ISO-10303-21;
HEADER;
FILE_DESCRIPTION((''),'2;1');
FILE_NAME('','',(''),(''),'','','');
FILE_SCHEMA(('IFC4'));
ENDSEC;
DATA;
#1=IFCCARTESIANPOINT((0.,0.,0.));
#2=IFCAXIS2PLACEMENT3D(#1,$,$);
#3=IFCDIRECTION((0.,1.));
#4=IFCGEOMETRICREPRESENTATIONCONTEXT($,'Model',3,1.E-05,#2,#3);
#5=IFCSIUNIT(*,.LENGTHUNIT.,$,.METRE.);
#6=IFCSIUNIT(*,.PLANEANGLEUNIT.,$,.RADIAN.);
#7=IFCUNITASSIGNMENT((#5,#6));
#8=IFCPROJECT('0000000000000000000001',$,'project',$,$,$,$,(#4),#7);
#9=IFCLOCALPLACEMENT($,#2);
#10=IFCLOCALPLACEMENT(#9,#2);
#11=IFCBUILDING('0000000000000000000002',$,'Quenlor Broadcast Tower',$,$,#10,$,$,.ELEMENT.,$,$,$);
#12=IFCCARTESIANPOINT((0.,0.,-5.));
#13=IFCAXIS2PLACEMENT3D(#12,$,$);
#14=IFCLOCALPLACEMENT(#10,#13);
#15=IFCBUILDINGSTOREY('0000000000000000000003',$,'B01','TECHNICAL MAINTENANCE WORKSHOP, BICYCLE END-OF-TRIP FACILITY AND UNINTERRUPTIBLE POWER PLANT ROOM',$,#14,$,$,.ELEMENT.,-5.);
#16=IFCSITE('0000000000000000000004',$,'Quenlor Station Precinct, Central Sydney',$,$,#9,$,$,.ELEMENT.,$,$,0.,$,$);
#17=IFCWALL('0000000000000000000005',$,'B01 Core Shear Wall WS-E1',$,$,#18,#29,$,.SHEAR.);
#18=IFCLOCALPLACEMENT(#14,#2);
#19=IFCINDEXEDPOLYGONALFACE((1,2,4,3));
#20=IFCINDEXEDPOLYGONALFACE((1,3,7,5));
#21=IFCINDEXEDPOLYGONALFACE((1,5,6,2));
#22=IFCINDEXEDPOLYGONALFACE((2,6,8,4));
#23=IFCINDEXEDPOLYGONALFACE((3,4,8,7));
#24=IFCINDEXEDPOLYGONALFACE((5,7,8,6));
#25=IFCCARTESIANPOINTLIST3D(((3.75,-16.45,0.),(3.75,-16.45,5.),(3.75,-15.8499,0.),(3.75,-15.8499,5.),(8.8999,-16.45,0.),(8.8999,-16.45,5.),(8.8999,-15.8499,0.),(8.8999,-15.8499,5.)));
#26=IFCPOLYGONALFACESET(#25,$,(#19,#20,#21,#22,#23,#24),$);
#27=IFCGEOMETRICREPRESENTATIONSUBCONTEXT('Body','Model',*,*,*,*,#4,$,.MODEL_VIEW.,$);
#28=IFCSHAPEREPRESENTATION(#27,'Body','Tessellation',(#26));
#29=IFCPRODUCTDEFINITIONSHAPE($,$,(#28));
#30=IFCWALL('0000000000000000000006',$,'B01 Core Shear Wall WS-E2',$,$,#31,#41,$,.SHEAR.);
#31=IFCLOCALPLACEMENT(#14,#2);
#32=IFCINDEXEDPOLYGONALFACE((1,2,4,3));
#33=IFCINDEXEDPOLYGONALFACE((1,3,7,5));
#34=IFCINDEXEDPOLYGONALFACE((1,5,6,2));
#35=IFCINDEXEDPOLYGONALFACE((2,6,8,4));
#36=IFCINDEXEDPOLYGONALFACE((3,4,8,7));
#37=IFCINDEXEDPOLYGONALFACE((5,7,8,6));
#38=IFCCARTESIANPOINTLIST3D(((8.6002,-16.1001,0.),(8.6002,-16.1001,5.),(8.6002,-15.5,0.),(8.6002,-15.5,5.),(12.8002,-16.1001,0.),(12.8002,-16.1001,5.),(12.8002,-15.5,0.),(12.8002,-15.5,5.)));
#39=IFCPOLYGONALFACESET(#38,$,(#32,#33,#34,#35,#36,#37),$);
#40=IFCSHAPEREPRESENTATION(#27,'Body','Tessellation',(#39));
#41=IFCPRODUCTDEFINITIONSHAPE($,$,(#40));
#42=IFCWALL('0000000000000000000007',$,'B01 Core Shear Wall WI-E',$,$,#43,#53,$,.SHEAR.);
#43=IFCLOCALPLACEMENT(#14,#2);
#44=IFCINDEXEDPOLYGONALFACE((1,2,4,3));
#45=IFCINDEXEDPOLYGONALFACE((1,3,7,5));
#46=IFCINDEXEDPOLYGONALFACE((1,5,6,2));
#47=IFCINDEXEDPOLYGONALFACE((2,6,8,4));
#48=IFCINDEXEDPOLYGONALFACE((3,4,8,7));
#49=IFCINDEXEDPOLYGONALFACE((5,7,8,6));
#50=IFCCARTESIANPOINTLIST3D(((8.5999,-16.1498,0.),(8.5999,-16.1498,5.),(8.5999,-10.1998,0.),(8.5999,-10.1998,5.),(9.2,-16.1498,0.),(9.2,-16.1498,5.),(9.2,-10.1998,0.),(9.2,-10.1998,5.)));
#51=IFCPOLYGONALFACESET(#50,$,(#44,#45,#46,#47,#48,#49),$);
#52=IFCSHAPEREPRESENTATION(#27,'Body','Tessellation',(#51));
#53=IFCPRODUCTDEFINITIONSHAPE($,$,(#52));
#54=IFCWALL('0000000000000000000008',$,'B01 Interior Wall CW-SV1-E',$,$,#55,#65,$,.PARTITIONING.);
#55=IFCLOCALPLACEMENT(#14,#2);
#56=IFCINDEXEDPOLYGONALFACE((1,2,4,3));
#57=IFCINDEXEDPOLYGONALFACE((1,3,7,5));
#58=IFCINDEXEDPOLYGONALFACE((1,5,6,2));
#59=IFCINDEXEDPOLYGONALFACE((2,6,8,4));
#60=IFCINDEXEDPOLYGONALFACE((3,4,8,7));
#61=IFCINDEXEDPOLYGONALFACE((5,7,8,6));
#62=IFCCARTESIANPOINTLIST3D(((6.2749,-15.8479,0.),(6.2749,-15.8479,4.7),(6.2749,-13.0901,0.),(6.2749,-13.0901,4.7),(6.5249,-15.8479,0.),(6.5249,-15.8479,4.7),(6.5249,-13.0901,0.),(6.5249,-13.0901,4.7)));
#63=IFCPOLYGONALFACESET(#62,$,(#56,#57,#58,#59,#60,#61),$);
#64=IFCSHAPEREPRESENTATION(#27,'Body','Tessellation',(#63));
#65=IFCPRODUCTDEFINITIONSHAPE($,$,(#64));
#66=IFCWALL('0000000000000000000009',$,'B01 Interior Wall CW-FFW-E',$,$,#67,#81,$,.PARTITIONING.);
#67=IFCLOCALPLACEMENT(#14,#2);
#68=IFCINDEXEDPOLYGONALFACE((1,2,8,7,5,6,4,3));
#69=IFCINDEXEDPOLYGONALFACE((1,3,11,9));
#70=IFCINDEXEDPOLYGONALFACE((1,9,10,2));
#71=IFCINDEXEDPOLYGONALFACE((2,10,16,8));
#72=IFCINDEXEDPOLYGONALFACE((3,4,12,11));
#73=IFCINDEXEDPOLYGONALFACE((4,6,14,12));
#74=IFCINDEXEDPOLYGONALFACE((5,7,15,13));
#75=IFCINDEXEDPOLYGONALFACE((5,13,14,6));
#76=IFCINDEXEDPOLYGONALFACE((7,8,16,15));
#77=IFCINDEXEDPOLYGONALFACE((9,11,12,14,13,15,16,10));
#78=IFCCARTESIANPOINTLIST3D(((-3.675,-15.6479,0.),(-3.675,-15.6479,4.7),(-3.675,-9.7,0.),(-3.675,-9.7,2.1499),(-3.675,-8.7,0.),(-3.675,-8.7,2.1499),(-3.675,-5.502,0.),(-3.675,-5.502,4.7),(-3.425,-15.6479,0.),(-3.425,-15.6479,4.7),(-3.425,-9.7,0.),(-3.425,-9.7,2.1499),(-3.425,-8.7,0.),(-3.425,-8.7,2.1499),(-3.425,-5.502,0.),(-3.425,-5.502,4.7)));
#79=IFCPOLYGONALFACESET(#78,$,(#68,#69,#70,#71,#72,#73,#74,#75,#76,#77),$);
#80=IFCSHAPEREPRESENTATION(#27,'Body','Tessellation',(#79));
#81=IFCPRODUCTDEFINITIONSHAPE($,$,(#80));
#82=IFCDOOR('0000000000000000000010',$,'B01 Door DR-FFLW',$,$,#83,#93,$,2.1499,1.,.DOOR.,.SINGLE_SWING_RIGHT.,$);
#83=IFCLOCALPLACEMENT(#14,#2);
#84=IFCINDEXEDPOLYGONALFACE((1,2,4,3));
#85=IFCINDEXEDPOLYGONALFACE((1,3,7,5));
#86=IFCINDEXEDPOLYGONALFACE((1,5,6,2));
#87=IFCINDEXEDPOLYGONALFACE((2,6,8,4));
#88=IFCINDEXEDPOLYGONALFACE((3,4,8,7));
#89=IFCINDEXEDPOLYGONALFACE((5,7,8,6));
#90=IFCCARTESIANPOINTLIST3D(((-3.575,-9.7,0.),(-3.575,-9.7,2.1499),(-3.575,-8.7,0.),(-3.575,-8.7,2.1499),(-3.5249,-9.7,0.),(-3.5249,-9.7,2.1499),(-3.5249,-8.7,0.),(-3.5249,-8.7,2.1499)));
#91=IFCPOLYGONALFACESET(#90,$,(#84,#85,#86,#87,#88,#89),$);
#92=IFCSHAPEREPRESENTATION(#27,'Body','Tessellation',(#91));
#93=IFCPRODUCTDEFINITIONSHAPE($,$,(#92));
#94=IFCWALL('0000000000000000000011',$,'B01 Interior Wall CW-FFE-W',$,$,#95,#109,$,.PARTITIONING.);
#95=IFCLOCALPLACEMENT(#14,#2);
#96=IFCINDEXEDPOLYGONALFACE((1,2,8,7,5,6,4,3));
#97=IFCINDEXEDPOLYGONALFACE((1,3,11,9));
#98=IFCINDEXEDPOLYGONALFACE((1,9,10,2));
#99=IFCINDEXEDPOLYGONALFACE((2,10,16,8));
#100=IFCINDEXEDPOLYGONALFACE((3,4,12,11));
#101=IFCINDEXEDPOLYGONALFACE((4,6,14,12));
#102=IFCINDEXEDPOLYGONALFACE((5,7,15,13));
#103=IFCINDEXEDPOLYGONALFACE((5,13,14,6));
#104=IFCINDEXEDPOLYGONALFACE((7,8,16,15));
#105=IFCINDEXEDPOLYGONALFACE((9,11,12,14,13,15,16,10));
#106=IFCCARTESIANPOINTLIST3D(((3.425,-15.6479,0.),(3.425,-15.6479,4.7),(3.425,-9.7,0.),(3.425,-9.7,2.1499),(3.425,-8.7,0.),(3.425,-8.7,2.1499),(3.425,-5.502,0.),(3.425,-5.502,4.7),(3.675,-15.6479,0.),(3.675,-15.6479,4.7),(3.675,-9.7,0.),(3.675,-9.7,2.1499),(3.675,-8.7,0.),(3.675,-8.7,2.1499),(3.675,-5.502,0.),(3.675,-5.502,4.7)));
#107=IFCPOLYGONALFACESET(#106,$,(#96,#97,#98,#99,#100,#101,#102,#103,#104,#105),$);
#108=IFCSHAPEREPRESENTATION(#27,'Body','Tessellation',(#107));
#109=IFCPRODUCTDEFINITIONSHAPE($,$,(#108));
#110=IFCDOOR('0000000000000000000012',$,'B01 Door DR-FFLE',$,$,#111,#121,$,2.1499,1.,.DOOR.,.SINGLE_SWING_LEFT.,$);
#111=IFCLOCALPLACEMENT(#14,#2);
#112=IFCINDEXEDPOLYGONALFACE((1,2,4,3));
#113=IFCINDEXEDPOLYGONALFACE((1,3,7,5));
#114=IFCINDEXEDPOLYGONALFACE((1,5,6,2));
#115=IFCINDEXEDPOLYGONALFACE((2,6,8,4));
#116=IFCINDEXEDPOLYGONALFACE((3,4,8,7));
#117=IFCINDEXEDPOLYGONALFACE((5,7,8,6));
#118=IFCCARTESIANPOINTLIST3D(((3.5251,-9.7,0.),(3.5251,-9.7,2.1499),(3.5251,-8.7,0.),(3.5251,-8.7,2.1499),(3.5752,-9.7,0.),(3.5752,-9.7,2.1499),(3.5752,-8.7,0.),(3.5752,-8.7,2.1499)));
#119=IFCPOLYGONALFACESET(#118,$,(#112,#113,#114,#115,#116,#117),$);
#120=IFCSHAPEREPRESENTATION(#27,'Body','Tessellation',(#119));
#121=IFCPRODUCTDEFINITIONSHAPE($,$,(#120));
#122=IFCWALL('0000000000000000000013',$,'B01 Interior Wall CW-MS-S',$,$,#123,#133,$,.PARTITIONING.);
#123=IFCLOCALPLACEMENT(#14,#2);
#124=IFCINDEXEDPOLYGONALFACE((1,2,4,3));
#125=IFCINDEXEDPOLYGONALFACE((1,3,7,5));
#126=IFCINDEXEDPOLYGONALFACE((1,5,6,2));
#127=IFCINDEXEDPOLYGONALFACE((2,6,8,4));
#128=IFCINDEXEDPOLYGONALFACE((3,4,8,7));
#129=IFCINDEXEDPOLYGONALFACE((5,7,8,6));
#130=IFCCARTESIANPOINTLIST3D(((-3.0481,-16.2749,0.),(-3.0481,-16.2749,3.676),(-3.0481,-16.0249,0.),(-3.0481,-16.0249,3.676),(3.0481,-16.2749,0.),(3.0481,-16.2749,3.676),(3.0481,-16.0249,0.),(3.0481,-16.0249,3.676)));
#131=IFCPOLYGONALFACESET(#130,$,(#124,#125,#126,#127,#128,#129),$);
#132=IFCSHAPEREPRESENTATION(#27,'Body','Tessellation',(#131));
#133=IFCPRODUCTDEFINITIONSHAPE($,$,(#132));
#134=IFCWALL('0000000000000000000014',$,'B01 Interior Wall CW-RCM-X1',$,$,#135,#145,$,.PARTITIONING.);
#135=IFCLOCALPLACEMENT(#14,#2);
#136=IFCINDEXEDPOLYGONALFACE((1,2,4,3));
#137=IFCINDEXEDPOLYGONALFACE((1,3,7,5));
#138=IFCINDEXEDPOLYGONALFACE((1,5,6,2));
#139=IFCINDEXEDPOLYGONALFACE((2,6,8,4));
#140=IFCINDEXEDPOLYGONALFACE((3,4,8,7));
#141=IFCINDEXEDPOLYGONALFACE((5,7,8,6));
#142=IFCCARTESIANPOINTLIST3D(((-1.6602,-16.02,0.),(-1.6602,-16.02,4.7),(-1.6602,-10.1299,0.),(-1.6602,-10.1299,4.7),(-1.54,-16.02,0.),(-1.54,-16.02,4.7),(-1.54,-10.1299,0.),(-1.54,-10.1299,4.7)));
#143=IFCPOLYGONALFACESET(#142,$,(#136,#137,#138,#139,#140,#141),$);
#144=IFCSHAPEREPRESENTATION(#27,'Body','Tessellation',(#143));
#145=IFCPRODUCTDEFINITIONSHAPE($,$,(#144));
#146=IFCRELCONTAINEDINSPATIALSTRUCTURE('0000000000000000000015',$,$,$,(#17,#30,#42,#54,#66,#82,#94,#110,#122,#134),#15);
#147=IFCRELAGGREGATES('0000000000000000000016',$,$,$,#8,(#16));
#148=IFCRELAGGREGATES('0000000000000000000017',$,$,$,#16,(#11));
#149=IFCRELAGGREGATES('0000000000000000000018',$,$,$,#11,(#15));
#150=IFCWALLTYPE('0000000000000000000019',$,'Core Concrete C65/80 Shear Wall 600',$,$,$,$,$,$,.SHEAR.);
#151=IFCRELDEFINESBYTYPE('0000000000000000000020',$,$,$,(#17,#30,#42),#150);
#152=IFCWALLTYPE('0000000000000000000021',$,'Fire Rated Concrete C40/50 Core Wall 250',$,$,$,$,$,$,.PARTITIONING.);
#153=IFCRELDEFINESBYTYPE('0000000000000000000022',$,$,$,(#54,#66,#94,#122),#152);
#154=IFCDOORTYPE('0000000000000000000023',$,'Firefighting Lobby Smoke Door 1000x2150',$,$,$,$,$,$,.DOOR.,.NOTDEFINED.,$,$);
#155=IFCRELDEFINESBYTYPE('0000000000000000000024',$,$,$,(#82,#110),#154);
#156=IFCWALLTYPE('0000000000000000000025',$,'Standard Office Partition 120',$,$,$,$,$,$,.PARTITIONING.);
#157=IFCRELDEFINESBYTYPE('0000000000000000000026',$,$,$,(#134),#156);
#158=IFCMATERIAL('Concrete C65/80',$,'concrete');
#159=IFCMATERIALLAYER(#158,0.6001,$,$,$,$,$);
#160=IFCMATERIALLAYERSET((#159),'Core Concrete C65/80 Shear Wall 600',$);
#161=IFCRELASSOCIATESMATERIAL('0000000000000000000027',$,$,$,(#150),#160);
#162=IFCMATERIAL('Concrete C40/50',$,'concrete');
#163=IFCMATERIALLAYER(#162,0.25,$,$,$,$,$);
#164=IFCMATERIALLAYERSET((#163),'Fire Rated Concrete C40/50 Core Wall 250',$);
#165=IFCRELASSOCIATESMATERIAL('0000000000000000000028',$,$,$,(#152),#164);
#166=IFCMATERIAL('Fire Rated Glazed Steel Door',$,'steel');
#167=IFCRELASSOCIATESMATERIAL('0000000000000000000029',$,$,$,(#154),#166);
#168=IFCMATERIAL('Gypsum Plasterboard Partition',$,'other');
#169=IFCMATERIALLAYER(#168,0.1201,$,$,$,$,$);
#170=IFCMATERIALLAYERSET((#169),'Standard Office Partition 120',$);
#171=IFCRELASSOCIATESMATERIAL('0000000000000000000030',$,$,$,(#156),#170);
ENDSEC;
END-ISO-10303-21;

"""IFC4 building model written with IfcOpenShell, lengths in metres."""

from ifc_helpers import new_model, si_unit, direction, frame, frame_2d, origin, place, context, subcontext, project, spatial, rectangle, extrude, material, layer, layer_set, type_object, element, fill, save


model = new_model("IFC4")

# Units and contexts
model_context = context("Model", 3, precision=1e-05, world=origin(), true_north=direction((0.0, 1.0)))
body_context = subcontext(model_context, "Body", "Model", "MODEL_VIEW")
ifc_project = project(units=[si_unit("LENGTHUNIT", "METRE"), si_unit("PLANEANGLEUNIT", "RADIAN")], contexts=[model_context])

# Site, building, storey
site_placement = place(None, origin())
site = spatial("IfcSite", under=ifc_project, at=site_placement, Name="Quenlor Station Precinct, Central Sydney", CompositionType="ELEMENT", RefElevation=0.0)
building_placement = place(site_placement, origin())
building = spatial("IfcBuilding", under=site, at=building_placement, Name="Quenlor Broadcast Tower", CompositionType="ELEMENT")
storey_placement = place(building_placement, frame((0.0, 0.0, -5.0)))
storey = spatial("IfcBuildingStorey", under=building, at=storey_placement, Name="B01", Description="TECHNICAL MAINTENANCE WORKSHOP, BICYCLE END-OF-TRIP FACILITY AND UNINTERRUPTIBLE POWER PLANT ROOM", CompositionType="ELEMENT", Elevation=-5.0)

# Walls
ifc_material_1 = material(Name="Concrete C65/80", Category="concrete")
ifc_layer_1 = layer(ifc_material_1, 0.6001)
ifc_layer_set_1 = layer_set([ifc_layer_1], Name="Core Concrete C65/80 Shear Wall 600")
wall_type_1 = type_object("IfcWallType", Name="Core Concrete C65/80 Shear Wall 600", PredefinedType="SHEAR", material=ifc_layer_set_1)
wall_1_placement = place(storey_placement, frame((3.75, -16.1499, 0.0), z_axis=(0.0, 0.0, 1.0), x_axis=(1.0, 0.0, 0.0)))
element("IfcWall", 1, at=wall_1_placement, inside=storey, type_object=wall_type_1, Name="B01 Core Shear Wall WS-E1", PredefinedType="SHEAR", context=body_context, shape_type="SweptSolid", body=[
    extrude(rectangle(XDim=5.1499, YDim=0.6001, at=frame_2d((2.575, 0.0))), origin(), (0.0, 0.0, 1.0), 5.0),
])
wall_2_placement = place(storey_placement, frame((8.6001, -15.8, 0.0), z_axis=(0.0, 0.0, 1.0), x_axis=(1.0, 0.0, 0.0)))
element("IfcWall", 2, at=wall_2_placement, inside=storey, type_object=wall_type_1, Name="B01 Core Shear Wall WS-E2", PredefinedType="SHEAR", context=body_context, shape_type="SweptSolid", body=[
    extrude(rectangle(XDim=4.2, YDim=0.6001, at=frame_2d((2.1001, 0.0))), origin(), (0.0, 0.0, 1.0), 5.0),
])
wall_3_placement = place(storey_placement, frame((8.8999, -16.1499, 0.0), z_axis=(0.0, 0.0, 1.0), x_axis=(0.0, 1.0, 0.0)))
element("IfcWall", 3, at=wall_3_placement, inside=storey, type_object=wall_type_1, Name="B01 Core Shear Wall WI-E", PredefinedType="SHEAR", context=body_context, shape_type="SweptSolid", body=[
    extrude(rectangle(XDim=5.95, YDim=0.6001, at=frame_2d((2.9751, 0.0))), origin(), (0.0, 0.0, 1.0), 5.0),
])
ifc_material_2 = material(Name="Concrete C40/50", Category="concrete")
ifc_layer_2 = layer(ifc_material_2, 0.25)
ifc_layer_set_2 = layer_set([ifc_layer_2], Name="Fire Rated Concrete C40/50 Core Wall 250")
wall_type_2 = type_object("IfcWallType", Name="Fire Rated Concrete C40/50 Core Wall 250", PredefinedType="PARTITIONING", material=ifc_layer_set_2)
wall_4_placement = place(storey_placement, frame((6.3999, -15.8479, 0.0), z_axis=(0.0, 0.0, 1.0), x_axis=(0.0, 1.0, 0.0)))
element("IfcWall", 4, at=wall_4_placement, inside=storey, type_object=wall_type_2, Name="B01 Interior Wall CW-SV1-E", PredefinedType="PARTITIONING", context=body_context, shape_type="SweptSolid", body=[
    extrude(rectangle(XDim=2.7578, YDim=0.25, at=frame_2d((1.3789, 0.0))), origin(), (0.0, 0.0, 1.0), 4.7),
])

# Walls, openings, doors
wall_5_placement = place(storey_placement, frame((-3.55, -15.6479, 0.0), z_axis=(0.0, 0.0, 1.0), x_axis=(0.0, 1.0, 0.0)))
wall_5 = element("IfcWall", 5, at=wall_5_placement, inside=storey, type_object=wall_type_2, Name="B01 Interior Wall CW-FFW-E", PredefinedType="PARTITIONING", context=body_context, shape_type="SweptSolid", body=[
    extrude(rectangle(XDim=10.146, YDim=0.25, at=frame_2d((5.073, 0.0))), origin(), (0.0, 0.0, 1.0), 4.7),
])
opening_1_placement = place(wall_5_placement, frame((5.948, 0.0, 0.0)))
opening_1 = element("IfcOpeningElement", 6, at=opening_1_placement, cuts=wall_5, PredefinedType="OPENING", context=body_context, shape_type="SweptSolid", body=[
    extrude(rectangle(XDim=1.0, YDim=2.1499, at=frame_2d((0.5, 1.075))), frame((0.0, 0.135, 0.0), z_axis=(0.0, -1.0, 0.0), x_axis=(1.0, 0.0, 0.0)), (0.0, 0.0, 1.0), 0.27),
])
ifc_material_3 = material(Name="Fire Rated Glazed Steel Door", Category="steel")
door_type = type_object("IfcDoorType", Name="Firefighting Lobby Smoke Door 1000x2150", OperationType="NOTDEFINED", PredefinedType="DOOR", material=ifc_material_3)
door_1_placement = place(opening_1_placement, origin())
door_1 = element("IfcDoor", 7, at=door_1_placement, inside=storey, type_object=door_type, Name="B01 Door DR-FFLW", OperationType="SINGLE_SWING_RIGHT", OverallHeight=2.1499, OverallWidth=1.0, PredefinedType="DOOR", context=body_context, shape_type="SweptSolid", body=[
    extrude(rectangle(XDim=1.0, YDim=2.1499, at=frame_2d((0.5, 1.075))), frame((0.0, 0.0249, 0.0), z_axis=(0.0, -1.0, 0.0), x_axis=(1.0, 0.0, 0.0)), (0.0, 0.0, 1.0), 0.05),
])
fill(opening_1, door_1)
wall_6_placement = place(storey_placement, frame((3.55, -15.6479, 0.0), z_axis=(0.0, 0.0, 1.0), x_axis=(0.0, 1.0, 0.0)))
wall_6 = element("IfcWall", 8, at=wall_6_placement, inside=storey, type_object=wall_type_2, Name="B01 Interior Wall CW-FFE-W", PredefinedType="PARTITIONING", context=body_context, shape_type="SweptSolid", body=[
    extrude(rectangle(XDim=10.146, YDim=0.25, at=frame_2d((5.073, 0.0))), origin(), (0.0, 0.0, 1.0), 4.7),
])
opening_2_placement = place(wall_6_placement, frame((5.948, 0.0, 0.0)))
opening_2 = element("IfcOpeningElement", 9, at=opening_2_placement, cuts=wall_6, PredefinedType="OPENING", context=body_context, shape_type="SweptSolid", body=[
    extrude(rectangle(XDim=1.0, YDim=2.1499, at=frame_2d((0.5, 1.075))), frame((0.0, 0.135, 0.0), z_axis=(0.0, -1.0, 0.0), x_axis=(1.0, 0.0, 0.0)), (0.0, 0.0, 1.0), 0.27),
])
door_2_placement = place(opening_2_placement, origin())
door_2 = element("IfcDoor", 10, at=door_2_placement, inside=storey, type_object=door_type, Name="B01 Door DR-FFLE", OperationType="SINGLE_SWING_LEFT", OverallHeight=2.1499, OverallWidth=1.0, PredefinedType="DOOR", context=body_context, shape_type="SweptSolid", body=[
    extrude(rectangle(XDim=1.0, YDim=2.1499, at=frame_2d((0.5, 1.075))), frame((0.0, 0.0249, 0.0), z_axis=(0.0, -1.0, 0.0), x_axis=(1.0, 0.0, 0.0)), (0.0, 0.0, 1.0), 0.05),
])
fill(opening_2, door_2)

# Walls
wall_7_placement = place(storey_placement, frame((-3.0481, -16.1499, 0.0), z_axis=(0.0, 0.0, 1.0), x_axis=(1.0, 0.0, 0.0)))
element("IfcWall", 11, at=wall_7_placement, inside=storey, type_object=wall_type_2, Name="B01 Interior Wall CW-MS-S", PredefinedType="PARTITIONING", context=body_context, shape_type="SweptSolid", body=[
    extrude(rectangle(XDim=6.0962, YDim=0.25, at=frame_2d((3.0481, 0.0))), origin(), (0.0, 0.0, 1.0), 3.676),
])
ifc_material_4 = material(Name="Gypsum Plasterboard Partition", Category="other")
ifc_layer_3 = layer(ifc_material_4, 0.1201)
ifc_layer_set_3 = layer_set([ifc_layer_3], Name="Standard Office Partition 120")
wall_type_3 = type_object("IfcWallType", Name="Standard Office Partition 120", PredefinedType="PARTITIONING", material=ifc_layer_set_3)
wall_8_placement = place(storey_placement, frame((-1.6001, -16.02, 0.0), z_axis=(0.0, 0.0, 1.0), x_axis=(0.0, 1.0, 0.0)))
element("IfcWall", 12, at=wall_8_placement, inside=storey, type_object=wall_type_3, Name="B01 Interior Wall CW-RCM-X1", PredefinedType="PARTITIONING", context=body_context, shape_type="SweptSolid", body=[
    extrude(rectangle(XDim=5.8901, YDim=0.1201, at=frame_2d((2.9451, 0.0))), origin(), (0.0, 0.0, 1.0), 4.7),
])

save(model, "model.ifc")
